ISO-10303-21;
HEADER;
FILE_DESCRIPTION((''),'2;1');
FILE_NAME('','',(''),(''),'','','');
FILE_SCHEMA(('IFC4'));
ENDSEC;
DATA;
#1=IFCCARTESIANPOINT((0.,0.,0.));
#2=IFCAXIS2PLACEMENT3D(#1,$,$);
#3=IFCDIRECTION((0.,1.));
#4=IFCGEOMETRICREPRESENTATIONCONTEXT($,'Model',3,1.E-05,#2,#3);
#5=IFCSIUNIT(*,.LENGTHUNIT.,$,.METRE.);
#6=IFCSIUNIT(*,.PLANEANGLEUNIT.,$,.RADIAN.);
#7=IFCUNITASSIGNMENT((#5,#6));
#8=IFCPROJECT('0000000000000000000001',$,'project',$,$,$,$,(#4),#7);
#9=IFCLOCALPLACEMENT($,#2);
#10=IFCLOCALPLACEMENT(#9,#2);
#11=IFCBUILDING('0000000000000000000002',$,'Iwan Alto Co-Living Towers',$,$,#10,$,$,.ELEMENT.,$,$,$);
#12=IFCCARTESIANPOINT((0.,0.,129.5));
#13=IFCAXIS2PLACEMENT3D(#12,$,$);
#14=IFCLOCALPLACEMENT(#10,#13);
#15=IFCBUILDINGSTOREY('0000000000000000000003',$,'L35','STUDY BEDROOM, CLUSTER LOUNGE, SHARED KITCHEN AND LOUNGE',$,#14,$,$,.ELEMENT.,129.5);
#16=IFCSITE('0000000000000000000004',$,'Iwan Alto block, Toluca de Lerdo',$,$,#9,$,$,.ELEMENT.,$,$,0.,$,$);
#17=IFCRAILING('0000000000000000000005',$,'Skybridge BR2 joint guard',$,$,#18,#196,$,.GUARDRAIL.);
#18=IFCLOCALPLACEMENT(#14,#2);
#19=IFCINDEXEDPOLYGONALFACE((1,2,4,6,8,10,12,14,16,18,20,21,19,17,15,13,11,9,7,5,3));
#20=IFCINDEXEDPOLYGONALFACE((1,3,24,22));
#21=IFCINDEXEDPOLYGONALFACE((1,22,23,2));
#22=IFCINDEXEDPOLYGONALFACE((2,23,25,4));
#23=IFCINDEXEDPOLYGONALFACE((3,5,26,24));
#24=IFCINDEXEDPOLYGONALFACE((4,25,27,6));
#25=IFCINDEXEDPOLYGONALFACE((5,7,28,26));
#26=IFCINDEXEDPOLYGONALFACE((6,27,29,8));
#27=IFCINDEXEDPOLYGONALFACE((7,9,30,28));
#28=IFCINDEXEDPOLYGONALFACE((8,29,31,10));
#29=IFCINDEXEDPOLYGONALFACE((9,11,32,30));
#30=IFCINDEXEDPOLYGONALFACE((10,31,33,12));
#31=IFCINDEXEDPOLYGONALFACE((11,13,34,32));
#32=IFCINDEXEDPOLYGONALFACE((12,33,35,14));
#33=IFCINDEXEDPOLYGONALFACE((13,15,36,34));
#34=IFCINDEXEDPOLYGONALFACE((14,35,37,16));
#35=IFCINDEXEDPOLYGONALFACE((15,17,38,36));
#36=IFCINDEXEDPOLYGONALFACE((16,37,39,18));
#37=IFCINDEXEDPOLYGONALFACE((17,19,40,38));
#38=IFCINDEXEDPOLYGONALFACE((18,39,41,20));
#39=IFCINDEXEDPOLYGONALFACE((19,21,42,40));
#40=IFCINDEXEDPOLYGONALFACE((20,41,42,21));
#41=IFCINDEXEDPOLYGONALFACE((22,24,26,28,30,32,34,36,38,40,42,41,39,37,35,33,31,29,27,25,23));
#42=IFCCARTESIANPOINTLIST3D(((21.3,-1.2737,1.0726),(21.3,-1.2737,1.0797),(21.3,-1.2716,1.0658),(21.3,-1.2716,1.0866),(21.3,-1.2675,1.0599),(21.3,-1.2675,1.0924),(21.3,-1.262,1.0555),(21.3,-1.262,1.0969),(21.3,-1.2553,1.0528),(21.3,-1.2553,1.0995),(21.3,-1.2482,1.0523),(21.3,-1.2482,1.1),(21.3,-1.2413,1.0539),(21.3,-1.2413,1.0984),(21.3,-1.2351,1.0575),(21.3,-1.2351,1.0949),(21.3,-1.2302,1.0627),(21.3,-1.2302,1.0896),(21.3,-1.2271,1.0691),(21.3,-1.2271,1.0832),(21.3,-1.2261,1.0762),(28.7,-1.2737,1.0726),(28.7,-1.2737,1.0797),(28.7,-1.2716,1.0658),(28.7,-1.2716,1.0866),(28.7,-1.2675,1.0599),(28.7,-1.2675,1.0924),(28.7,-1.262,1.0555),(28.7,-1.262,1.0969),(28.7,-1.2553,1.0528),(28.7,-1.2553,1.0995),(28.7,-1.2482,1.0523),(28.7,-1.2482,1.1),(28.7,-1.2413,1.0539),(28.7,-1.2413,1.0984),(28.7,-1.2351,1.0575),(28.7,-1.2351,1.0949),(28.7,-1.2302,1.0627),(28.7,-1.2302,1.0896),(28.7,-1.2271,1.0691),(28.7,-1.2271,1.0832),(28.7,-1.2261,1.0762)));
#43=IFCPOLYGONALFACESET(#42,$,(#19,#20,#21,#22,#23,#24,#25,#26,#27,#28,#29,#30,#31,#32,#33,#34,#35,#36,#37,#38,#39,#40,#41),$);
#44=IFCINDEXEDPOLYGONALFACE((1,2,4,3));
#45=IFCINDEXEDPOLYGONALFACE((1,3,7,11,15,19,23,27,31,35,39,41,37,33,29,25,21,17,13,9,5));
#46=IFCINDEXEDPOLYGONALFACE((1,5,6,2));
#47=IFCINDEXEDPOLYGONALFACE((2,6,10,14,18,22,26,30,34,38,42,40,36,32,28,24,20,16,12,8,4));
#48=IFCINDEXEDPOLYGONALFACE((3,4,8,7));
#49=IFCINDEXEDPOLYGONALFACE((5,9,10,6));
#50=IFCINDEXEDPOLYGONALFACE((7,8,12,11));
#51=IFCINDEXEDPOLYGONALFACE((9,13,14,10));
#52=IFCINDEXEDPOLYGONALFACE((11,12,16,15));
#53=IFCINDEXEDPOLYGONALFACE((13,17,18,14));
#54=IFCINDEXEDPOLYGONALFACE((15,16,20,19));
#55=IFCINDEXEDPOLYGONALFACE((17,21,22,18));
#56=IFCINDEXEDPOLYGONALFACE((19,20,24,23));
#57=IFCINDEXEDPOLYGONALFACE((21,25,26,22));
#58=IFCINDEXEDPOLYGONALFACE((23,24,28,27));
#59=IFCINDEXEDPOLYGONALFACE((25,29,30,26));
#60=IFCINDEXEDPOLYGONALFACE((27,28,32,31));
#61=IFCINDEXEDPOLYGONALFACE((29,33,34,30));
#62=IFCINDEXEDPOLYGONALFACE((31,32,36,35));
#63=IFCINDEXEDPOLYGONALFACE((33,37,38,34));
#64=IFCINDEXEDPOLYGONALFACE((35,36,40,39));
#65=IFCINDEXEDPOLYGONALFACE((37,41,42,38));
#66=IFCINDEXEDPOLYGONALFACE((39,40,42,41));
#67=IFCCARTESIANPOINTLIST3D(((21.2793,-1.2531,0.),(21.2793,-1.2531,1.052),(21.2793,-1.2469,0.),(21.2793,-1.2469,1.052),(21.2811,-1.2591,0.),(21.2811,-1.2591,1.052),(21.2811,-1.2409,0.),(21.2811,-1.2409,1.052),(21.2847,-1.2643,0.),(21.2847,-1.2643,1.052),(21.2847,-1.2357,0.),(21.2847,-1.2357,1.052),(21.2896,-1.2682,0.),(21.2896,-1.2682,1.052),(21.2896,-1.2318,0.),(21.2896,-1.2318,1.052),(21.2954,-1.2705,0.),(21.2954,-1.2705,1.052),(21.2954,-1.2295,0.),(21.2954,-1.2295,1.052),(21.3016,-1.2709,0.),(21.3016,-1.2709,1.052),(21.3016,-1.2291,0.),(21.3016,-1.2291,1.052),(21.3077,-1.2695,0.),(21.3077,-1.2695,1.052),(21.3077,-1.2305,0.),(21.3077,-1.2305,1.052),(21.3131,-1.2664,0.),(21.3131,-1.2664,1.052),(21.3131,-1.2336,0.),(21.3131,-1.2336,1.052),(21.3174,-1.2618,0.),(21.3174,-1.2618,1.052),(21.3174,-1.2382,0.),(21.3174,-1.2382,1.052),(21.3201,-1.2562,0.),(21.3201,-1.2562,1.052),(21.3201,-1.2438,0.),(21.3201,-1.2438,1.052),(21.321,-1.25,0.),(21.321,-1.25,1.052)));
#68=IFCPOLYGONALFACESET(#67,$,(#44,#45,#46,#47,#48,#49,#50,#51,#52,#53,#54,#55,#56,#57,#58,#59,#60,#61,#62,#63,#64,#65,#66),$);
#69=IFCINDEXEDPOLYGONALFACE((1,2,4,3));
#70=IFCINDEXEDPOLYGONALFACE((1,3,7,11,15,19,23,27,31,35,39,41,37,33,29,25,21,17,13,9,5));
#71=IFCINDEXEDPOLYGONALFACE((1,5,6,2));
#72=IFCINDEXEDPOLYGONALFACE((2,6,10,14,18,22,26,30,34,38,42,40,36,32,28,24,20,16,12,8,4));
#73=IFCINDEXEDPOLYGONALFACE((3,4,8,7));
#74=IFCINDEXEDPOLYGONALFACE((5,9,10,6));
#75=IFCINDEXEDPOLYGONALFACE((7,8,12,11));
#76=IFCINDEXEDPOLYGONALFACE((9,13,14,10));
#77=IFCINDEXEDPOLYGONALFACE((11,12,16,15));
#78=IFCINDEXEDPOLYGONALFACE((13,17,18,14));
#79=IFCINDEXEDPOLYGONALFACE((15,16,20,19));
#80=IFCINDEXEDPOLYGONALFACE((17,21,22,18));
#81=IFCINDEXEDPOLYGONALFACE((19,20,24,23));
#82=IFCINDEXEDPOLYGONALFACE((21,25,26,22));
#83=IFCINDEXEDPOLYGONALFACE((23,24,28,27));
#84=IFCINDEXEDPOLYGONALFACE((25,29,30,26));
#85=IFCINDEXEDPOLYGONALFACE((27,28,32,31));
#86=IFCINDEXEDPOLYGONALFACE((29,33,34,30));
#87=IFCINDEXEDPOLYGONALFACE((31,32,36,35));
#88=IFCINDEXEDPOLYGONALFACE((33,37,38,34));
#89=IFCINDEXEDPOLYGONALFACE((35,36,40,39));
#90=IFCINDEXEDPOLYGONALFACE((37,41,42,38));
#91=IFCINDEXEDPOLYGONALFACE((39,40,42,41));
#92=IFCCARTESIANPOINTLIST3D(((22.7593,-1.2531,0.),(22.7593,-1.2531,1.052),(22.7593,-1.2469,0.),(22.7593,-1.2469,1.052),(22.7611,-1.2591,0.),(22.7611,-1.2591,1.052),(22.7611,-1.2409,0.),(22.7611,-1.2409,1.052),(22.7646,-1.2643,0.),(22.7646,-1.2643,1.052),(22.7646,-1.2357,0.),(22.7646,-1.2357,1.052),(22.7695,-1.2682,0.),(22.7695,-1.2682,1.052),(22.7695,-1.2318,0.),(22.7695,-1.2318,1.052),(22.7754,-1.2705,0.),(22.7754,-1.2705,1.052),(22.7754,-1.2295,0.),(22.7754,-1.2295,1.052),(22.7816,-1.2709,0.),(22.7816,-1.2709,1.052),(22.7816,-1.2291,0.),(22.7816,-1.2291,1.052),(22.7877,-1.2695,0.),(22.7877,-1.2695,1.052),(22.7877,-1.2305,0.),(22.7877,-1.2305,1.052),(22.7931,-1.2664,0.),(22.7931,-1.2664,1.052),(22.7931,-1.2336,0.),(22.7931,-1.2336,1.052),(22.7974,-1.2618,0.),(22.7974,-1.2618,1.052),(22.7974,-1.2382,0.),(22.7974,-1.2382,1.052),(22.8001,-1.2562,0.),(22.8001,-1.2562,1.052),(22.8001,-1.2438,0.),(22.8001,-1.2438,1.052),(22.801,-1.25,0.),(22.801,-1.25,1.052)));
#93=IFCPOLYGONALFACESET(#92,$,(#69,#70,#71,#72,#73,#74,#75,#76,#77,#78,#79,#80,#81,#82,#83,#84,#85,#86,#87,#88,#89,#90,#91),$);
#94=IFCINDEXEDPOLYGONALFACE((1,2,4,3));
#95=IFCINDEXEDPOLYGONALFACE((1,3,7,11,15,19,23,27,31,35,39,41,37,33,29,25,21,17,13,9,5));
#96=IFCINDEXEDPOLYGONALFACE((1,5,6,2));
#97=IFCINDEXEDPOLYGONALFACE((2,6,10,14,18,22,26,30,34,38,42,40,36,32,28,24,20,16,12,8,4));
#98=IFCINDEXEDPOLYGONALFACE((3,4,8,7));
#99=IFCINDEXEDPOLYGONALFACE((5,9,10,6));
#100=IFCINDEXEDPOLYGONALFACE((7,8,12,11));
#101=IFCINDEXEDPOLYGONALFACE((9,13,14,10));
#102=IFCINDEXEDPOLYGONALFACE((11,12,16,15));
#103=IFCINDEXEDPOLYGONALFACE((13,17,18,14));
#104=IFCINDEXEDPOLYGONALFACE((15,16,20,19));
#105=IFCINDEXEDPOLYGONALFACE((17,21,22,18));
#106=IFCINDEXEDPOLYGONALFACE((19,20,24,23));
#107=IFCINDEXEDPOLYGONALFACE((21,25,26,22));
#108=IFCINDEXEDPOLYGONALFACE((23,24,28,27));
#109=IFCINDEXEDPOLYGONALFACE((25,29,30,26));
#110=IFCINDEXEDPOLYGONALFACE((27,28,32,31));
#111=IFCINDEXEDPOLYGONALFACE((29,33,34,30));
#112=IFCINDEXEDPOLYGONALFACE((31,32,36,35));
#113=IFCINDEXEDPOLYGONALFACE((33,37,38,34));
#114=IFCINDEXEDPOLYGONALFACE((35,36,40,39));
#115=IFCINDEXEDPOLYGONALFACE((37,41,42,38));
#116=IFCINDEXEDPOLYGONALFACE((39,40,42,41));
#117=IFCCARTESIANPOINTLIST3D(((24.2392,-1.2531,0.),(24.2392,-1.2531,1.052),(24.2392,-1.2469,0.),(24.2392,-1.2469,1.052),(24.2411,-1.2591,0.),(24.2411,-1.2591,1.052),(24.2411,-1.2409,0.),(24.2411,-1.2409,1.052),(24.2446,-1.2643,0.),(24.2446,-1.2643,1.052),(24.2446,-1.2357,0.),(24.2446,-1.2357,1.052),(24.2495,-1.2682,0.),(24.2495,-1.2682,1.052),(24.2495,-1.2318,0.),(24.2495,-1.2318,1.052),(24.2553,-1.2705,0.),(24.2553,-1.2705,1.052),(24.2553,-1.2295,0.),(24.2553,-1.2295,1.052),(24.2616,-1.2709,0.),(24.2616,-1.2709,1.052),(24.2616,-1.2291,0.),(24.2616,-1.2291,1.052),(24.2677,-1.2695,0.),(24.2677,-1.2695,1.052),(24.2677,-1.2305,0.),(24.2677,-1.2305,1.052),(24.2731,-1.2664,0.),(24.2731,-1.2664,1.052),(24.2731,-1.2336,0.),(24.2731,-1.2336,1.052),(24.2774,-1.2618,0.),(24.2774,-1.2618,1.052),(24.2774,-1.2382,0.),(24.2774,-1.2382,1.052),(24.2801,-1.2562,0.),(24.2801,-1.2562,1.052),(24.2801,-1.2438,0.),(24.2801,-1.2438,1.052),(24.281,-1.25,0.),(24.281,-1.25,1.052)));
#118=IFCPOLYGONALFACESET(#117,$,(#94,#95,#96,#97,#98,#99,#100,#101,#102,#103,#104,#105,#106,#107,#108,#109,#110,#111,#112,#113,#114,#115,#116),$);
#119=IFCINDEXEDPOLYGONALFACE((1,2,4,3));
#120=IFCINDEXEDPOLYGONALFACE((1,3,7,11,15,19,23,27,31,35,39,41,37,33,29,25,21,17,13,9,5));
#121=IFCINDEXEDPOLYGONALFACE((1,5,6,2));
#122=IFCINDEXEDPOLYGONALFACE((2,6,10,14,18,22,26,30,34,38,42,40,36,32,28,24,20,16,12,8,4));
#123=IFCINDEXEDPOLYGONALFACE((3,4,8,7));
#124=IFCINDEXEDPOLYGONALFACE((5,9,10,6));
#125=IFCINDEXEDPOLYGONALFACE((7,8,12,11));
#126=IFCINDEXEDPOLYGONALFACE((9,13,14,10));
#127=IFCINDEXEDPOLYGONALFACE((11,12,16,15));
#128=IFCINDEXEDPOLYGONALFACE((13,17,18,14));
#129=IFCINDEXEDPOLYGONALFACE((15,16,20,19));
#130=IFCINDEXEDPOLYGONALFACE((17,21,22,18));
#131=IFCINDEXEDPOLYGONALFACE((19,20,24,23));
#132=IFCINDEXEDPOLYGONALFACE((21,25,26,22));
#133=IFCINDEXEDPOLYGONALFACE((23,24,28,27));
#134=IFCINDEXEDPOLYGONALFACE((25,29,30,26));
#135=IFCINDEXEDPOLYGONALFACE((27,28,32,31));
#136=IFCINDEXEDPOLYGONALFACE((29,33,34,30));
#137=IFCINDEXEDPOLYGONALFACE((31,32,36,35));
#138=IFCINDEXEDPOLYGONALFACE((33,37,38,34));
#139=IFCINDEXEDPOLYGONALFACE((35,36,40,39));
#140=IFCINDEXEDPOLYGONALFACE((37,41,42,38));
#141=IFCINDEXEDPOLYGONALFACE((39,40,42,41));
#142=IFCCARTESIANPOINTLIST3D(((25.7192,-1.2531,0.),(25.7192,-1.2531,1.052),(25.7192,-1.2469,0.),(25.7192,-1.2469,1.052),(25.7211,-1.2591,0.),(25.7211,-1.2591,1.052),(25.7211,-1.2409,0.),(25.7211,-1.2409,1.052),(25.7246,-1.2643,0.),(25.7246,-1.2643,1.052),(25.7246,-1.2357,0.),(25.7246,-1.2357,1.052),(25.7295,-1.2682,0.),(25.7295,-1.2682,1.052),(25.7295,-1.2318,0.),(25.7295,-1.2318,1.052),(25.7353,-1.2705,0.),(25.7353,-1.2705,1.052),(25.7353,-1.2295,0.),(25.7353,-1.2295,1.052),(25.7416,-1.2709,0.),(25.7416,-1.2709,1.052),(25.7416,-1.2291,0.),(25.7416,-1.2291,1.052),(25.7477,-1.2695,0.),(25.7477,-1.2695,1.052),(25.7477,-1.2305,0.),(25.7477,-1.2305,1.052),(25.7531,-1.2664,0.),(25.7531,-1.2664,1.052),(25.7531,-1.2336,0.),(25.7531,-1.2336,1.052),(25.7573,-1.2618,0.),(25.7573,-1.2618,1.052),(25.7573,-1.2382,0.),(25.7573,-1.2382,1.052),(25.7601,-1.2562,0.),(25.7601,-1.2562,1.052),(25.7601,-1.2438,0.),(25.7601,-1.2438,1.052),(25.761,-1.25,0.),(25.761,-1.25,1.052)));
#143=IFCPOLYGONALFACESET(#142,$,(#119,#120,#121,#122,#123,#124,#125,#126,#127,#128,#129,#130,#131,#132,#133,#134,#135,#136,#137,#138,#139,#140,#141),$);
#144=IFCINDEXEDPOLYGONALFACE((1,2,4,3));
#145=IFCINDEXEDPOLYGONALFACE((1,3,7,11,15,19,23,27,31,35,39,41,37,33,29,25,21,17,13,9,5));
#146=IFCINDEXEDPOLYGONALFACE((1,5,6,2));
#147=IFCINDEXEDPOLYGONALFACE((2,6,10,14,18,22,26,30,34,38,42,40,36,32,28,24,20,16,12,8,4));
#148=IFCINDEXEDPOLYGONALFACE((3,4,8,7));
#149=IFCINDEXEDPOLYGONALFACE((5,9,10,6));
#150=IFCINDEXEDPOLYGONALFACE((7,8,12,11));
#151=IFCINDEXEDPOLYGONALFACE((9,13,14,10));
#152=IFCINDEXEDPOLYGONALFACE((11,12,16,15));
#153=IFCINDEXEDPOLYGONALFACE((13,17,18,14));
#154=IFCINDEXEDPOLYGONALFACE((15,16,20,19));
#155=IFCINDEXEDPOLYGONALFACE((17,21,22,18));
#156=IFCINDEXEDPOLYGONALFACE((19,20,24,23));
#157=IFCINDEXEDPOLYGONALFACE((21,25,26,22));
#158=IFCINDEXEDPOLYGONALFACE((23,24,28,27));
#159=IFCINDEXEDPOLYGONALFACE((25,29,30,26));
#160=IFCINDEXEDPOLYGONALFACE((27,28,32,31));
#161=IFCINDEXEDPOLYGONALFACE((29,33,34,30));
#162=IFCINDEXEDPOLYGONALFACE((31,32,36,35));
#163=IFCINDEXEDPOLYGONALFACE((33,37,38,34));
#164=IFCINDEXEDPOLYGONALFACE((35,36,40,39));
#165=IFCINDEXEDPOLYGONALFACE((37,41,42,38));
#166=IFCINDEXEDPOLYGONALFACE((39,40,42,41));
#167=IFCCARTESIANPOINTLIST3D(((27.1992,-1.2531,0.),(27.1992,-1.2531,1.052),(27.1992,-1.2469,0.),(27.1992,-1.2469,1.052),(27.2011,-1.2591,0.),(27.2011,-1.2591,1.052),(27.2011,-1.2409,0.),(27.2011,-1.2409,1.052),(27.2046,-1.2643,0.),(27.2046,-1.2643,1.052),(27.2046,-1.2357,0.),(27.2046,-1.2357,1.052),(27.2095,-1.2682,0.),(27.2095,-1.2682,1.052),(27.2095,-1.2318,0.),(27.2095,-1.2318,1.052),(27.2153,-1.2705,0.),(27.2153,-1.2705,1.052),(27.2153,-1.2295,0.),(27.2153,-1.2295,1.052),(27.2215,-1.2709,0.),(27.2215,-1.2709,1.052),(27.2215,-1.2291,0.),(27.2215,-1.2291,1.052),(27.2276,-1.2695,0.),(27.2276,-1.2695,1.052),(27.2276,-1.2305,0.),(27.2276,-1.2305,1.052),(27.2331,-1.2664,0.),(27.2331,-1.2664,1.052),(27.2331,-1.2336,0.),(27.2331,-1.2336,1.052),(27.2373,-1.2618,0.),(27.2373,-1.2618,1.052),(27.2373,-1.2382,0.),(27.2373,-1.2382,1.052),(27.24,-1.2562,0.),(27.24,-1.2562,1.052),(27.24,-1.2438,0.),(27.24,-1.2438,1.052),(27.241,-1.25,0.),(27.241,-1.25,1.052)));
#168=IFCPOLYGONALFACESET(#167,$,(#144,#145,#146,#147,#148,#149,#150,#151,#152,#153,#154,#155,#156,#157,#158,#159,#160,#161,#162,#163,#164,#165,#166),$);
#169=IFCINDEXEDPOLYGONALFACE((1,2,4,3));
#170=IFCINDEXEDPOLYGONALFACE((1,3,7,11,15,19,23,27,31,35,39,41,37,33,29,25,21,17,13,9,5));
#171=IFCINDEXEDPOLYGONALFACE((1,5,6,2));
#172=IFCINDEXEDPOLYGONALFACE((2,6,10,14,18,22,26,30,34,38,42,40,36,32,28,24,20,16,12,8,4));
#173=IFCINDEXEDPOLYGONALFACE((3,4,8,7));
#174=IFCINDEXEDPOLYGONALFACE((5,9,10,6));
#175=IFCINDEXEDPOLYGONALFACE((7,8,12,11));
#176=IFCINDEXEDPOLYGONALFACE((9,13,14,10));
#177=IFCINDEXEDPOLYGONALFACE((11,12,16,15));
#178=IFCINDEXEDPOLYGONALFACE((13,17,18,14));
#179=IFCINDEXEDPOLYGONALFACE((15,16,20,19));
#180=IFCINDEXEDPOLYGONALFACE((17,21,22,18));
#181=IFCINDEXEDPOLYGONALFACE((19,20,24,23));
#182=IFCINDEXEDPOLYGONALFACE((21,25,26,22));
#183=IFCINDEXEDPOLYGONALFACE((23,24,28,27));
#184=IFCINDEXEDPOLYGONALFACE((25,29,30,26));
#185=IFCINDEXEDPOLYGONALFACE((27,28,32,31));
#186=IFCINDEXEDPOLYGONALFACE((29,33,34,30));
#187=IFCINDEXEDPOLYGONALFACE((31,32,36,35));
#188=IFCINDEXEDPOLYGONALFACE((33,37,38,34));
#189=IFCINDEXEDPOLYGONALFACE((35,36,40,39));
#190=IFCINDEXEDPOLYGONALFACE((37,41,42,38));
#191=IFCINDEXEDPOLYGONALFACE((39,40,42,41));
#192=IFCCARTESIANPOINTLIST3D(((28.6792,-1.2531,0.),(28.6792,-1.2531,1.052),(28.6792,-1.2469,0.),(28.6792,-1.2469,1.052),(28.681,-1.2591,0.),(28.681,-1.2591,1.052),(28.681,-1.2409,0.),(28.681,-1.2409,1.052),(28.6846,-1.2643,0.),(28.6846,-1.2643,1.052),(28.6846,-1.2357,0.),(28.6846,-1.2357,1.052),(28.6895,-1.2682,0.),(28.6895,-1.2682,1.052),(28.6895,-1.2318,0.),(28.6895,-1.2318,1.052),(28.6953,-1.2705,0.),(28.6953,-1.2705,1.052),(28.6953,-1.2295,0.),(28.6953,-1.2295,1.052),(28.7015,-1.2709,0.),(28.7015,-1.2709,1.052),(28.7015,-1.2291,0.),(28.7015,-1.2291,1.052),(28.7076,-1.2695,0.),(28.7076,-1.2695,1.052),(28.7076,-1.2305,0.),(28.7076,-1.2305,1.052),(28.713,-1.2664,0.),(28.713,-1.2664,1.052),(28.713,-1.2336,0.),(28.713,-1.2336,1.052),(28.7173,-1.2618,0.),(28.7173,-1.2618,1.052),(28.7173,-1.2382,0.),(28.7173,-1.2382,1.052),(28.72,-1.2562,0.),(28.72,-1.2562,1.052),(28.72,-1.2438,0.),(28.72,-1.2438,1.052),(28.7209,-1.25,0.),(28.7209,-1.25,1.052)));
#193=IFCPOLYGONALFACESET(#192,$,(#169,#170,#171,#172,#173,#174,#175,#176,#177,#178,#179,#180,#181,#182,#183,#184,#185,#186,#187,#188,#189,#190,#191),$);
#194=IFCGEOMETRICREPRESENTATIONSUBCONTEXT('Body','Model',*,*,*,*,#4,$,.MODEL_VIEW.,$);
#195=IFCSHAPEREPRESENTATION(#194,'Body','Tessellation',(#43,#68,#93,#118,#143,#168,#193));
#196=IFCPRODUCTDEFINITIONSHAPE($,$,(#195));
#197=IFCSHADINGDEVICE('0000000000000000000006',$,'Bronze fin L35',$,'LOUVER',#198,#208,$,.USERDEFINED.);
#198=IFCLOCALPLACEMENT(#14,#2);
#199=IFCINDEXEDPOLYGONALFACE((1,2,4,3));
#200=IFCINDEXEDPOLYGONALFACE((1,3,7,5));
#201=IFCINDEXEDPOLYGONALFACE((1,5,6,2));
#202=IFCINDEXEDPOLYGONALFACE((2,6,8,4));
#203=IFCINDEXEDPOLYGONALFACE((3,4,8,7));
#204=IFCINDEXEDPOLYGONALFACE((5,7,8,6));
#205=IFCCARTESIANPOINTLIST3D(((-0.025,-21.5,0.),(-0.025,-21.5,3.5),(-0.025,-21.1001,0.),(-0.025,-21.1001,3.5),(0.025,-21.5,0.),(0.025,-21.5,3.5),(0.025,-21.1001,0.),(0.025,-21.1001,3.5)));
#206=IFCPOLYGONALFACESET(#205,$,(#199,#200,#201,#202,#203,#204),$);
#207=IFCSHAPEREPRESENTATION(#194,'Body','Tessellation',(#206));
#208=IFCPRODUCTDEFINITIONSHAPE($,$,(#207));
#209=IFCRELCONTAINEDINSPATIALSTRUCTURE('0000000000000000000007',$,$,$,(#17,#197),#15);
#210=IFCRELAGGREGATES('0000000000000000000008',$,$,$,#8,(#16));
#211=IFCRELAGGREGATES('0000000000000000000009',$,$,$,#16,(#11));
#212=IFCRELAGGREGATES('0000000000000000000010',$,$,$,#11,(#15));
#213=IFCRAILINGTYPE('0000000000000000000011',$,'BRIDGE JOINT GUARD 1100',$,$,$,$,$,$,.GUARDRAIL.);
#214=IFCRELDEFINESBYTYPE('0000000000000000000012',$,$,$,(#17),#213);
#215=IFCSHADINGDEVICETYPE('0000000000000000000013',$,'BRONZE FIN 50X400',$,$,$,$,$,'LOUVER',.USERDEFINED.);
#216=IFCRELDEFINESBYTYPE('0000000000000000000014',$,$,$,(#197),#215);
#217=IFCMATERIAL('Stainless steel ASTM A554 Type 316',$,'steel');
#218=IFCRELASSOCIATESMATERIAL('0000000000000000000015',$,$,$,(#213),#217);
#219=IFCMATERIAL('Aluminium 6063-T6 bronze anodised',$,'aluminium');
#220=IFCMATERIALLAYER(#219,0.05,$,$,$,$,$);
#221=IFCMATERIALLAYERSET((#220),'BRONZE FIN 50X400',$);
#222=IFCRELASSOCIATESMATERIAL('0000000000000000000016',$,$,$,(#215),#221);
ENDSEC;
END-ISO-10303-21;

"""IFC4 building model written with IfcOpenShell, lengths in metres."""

from ifc_helpers import new_model, si_unit, direction, frame, origin, origin_2d, place, context, subcontext, project, spatial, rectangle, circle, extrude, material, layer, layer_set, type_object, element, save


model = new_model("IFC4")

# Units and contexts
model_context = context("Model", 3, precision=1e-05, world=origin(), true_north=direction((0.0, 1.0)))
body_context = subcontext(model_context, "Body", "Model", "MODEL_VIEW")
ifc_project = project(units=[si_unit("LENGTHUNIT", "METRE"), si_unit("PLANEANGLEUNIT", "RADIAN")], contexts=[model_context])

# Site, building, storey
site_placement = place(None, origin())
site = spatial("IfcSite", under=ifc_project, at=site_placement, Name="Iwan Alto block, Toluca de Lerdo", CompositionType="ELEMENT", RefElevation=0.0)
building_placement = place(site_placement, origin())
building = spatial("IfcBuilding", under=site, at=building_placement, Name="Iwan Alto Co-Living Towers", CompositionType="ELEMENT")
storey_placement = place(building_placement, frame((0.0, 0.0, 129.5)))
storey = spatial("IfcBuildingStorey", under=building, at=storey_placement, Name="L35", Description="STUDY BEDROOM, CLUSTER LOUNGE, SHARED KITCHEN AND LOUNGE", CompositionType="ELEMENT", Elevation=129.5)

# Railing
ifc_material_1 = material(Name="Stainless steel ASTM A554 Type 316", Category="steel")
railing_type = type_object("IfcRailingType", Name="BRIDGE JOINT GUARD 1100", PredefinedType="GUARDRAIL", material=ifc_material_1)
railing_placement = place(storey_placement, frame((21.3, -1.25, 0.0)))
element("IfcRailing", 1, at=railing_placement, inside=storey, type_object=railing_type, Name="Skybridge BR2 joint guard", PredefinedType="GUARDRAIL", context=body_context, shape_type="SweptSolid", body=[
    extrude(circle(Radius=0.0239, at=origin_2d()), frame((0.0, 0.0, 1.0762), z_axis=(1.0, 0.0, 0.0), x_axis=(0.0, 1.0, 0.0)), (0.0, 0.0, 1.0), 7.3999),
    extrude(circle(Radius=0.021, at=origin_2d()), origin(), (0.0, 0.0, 1.0), 1.052),
    extrude(circle(Radius=0.021, at=origin_2d()), frame((1.48, 0.0, 0.0)), (0.0, 0.0, 1.0), 1.052),
    extrude(circle(Radius=0.021, at=origin_2d()), frame((2.96, 0.0, 0.0)), (0.0, 0.0, 1.0), 1.052),
    extrude(circle(Radius=0.021, at=origin_2d()), frame((4.4399, 0.0, 0.0)), (0.0, 0.0, 1.0), 1.052),
    extrude(circle(Radius=0.021, at=origin_2d()), frame((5.9199, 0.0, 0.0)), (0.0, 0.0, 1.0), 1.052),
    extrude(circle(Radius=0.021, at=origin_2d()), frame((7.3999, 0.0, 0.0)), (0.0, 0.0, 1.0), 1.052),
])

# Shading device
ifc_material_2 = material(Name="Aluminium 6063-T6 bronze anodised", Category="aluminium")
ifc_layer_1 = layer(ifc_material_2, 0.05)
ifc_layer_set_1 = layer_set([ifc_layer_1], Name="BRONZE FIN 50X400")
shading_device_type = type_object("IfcShadingDeviceType", Name="BRONZE FIN 50X400", ElementType="LOUVER", PredefinedType="USERDEFINED", material=ifc_layer_set_1)
for number, where, z_axis, x_axis, name in (
    (2, (0.0, -21.3, 0.0), (0.0, 0.0, 1.0), (1.0, 0.0, 0.0), "Bronze fin L35"),
):
    element("IfcShadingDevice", number, at=place(storey_placement, frame(where, z_axis=z_axis, x_axis=x_axis)), inside=storey, type_object=shading_device_type, Name=name, ObjectType="LOUVER", PredefinedType="USERDEFINED", context=body_context, shape_type="SweptSolid", body=[
        extrude(rectangle(XDim=0.05, YDim=0.3999, at=origin_2d()), origin(), (0.0, 0.0, 1.0), 3.5),
    ])

save(model, "model.ifc")
